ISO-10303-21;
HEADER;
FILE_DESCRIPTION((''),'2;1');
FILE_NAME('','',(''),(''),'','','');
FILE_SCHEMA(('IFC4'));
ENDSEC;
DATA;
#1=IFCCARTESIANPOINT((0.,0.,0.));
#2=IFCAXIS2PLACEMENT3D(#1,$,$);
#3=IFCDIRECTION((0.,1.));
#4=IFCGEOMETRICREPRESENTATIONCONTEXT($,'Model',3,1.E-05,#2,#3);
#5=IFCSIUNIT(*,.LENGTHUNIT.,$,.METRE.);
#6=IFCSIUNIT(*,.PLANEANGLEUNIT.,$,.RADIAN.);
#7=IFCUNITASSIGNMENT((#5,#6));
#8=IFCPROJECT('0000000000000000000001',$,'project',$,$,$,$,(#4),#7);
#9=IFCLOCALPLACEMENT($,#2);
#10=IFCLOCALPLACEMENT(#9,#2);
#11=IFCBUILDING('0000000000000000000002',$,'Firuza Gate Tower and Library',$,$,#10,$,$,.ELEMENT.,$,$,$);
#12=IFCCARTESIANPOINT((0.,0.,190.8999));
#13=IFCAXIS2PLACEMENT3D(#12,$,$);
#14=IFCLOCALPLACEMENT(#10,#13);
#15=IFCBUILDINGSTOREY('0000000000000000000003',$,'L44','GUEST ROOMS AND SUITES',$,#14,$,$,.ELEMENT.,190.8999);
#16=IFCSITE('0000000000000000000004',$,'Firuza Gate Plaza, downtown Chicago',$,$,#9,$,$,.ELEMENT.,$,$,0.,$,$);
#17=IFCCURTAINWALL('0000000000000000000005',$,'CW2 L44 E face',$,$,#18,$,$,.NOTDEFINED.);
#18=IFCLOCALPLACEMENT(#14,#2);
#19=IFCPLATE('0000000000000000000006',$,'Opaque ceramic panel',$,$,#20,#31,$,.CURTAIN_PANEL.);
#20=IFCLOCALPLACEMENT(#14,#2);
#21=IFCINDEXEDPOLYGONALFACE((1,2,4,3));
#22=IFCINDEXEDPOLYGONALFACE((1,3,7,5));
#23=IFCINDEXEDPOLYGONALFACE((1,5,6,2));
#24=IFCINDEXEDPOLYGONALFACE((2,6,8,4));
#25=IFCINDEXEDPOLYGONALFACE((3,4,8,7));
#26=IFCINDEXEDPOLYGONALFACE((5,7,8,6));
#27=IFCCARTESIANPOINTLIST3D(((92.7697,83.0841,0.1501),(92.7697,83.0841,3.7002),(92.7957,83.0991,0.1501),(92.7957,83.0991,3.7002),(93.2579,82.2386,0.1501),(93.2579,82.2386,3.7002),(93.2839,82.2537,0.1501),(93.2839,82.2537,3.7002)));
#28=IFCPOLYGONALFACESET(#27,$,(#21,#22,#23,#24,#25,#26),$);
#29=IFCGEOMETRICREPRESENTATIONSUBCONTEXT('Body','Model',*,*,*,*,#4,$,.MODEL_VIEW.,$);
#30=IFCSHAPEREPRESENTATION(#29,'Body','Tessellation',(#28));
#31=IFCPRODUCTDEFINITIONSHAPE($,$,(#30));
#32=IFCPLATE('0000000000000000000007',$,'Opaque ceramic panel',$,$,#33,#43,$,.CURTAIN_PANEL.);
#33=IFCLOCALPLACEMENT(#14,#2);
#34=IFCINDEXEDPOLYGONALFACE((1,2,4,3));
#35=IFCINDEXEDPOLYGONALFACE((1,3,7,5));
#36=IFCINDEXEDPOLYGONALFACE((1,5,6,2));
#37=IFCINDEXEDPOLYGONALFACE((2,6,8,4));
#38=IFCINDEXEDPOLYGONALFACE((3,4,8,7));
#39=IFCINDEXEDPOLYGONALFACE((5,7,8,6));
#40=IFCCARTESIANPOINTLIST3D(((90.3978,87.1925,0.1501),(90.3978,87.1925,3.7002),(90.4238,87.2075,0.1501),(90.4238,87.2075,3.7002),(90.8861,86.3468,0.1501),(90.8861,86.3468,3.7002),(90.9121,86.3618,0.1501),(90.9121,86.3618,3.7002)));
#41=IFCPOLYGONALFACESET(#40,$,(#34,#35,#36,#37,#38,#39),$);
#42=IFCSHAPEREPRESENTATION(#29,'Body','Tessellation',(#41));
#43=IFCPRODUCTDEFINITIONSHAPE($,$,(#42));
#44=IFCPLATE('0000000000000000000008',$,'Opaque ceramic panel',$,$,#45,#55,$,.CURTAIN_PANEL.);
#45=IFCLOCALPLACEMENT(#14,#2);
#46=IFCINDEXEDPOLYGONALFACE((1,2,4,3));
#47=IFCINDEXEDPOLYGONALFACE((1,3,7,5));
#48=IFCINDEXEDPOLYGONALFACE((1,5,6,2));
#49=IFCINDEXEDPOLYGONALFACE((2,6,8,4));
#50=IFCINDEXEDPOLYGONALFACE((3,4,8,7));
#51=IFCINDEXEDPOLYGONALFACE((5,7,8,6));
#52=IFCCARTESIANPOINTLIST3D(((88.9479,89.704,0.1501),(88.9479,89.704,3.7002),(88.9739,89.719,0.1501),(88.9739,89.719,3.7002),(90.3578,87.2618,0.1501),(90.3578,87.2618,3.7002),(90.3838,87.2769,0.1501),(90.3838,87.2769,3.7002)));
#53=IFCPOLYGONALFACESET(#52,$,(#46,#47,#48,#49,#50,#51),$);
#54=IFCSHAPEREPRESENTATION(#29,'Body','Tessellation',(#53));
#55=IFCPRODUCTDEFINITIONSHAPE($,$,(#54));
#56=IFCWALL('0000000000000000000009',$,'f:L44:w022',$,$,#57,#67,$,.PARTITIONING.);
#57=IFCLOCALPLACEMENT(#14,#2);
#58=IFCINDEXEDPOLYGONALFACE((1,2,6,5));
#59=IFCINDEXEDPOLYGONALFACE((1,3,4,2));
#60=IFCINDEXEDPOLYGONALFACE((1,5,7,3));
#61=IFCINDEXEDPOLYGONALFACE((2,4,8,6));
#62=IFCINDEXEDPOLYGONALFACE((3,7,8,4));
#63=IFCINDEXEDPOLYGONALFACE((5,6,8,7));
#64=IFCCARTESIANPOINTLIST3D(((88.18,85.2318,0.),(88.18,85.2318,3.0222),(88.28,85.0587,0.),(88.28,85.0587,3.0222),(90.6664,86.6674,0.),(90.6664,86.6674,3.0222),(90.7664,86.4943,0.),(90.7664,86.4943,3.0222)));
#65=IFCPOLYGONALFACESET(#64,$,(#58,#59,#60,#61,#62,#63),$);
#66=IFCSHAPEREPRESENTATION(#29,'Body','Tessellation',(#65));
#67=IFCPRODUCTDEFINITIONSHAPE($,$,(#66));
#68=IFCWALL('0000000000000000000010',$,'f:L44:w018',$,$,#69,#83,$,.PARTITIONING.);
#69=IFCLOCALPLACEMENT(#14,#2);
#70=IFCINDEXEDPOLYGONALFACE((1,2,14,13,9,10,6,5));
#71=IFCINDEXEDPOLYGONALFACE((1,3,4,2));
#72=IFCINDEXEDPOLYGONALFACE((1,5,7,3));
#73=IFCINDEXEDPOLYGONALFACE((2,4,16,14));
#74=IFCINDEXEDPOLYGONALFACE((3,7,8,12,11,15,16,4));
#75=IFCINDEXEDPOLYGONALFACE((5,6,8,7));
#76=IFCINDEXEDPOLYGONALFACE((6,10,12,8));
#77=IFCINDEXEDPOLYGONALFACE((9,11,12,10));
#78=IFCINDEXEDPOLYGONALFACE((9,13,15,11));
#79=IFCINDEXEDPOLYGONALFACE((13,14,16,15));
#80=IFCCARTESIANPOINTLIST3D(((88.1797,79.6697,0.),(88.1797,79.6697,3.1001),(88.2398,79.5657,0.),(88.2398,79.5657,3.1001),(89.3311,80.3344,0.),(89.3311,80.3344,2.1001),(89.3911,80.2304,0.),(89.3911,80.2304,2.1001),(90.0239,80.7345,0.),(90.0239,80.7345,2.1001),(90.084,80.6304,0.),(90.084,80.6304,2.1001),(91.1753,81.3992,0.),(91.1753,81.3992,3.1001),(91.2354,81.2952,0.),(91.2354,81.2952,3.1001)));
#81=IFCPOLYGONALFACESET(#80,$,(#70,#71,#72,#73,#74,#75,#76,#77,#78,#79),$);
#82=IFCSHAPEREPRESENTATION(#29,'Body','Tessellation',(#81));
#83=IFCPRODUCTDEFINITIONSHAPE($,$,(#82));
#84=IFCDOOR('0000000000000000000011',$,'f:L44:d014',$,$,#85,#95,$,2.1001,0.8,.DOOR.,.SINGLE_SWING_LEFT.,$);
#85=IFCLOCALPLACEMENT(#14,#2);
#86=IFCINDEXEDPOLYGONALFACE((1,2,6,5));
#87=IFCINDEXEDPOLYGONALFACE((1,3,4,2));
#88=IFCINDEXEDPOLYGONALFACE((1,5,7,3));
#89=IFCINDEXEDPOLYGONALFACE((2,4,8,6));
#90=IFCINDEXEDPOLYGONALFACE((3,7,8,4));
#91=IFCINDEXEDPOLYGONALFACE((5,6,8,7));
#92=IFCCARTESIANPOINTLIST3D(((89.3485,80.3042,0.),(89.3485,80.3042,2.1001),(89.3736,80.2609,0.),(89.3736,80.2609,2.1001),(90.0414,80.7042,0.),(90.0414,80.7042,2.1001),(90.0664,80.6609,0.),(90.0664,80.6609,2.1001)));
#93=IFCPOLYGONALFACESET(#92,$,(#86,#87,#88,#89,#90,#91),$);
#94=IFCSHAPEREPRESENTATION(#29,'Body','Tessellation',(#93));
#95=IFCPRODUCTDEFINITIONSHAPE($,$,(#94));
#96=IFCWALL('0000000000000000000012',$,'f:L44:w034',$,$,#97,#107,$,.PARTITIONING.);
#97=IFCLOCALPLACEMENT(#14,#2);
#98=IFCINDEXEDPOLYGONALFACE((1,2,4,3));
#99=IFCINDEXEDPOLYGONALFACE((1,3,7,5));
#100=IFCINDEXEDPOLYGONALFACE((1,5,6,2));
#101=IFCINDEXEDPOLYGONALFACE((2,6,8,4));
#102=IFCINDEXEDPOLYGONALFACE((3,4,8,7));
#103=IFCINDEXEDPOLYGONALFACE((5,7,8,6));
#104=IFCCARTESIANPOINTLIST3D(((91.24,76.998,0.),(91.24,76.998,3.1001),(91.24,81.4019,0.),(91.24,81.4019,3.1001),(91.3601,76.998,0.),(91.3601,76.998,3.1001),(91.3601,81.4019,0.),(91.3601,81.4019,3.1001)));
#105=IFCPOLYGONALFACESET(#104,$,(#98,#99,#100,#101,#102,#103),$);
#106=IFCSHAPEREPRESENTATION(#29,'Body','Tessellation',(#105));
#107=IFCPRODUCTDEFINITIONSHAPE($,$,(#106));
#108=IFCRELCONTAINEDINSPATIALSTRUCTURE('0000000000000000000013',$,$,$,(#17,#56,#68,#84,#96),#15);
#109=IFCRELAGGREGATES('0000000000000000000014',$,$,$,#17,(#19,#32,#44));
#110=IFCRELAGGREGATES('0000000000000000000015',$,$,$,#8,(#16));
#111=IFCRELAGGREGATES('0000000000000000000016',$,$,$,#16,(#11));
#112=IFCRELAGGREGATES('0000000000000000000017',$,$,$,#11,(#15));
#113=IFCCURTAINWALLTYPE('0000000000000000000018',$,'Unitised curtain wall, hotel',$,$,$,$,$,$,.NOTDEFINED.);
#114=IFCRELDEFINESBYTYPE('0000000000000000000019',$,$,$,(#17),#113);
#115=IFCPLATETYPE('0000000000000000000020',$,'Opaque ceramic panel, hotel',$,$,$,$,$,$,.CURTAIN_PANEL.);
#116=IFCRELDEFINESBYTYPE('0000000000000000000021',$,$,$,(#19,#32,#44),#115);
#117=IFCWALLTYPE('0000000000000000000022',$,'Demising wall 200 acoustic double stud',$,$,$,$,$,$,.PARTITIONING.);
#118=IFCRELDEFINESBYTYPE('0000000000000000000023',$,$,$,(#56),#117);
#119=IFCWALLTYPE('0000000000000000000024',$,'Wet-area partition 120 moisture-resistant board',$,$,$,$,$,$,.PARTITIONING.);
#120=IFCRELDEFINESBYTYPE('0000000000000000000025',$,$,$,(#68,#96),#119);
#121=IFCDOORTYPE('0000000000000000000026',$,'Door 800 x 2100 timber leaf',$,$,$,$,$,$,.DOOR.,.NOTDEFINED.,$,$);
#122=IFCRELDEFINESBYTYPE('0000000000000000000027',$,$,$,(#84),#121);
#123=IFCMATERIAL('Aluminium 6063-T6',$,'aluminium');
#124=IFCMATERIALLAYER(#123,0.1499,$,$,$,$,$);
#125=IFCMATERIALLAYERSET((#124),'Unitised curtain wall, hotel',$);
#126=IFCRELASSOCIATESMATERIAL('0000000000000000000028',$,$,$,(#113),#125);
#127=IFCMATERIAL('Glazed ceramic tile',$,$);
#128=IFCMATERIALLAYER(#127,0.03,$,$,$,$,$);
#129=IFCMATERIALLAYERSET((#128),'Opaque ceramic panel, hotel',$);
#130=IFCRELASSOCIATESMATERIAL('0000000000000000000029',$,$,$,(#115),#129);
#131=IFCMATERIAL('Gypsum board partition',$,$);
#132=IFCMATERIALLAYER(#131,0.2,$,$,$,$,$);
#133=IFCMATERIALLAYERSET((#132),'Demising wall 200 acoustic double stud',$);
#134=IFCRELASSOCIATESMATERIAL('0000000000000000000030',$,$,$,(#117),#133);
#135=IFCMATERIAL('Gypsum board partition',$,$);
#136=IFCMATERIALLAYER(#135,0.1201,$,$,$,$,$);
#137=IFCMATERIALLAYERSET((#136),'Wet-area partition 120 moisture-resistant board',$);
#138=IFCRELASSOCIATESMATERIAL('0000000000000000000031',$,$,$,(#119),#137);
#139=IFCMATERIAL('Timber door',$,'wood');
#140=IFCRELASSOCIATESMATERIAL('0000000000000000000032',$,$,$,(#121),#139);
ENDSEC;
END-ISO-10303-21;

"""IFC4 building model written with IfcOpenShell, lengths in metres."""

from ifc_helpers import new_model, si_unit, direction, frame, frame_2d, origin, place, context, subcontext, project, spatial, polyline, rectangle, outline, extrude, material, layer, layer_set, type_object, element, fill, aggregate, save


model = new_model("IFC4")

# Units and contexts
model_context = context("Model", 3, precision=1e-05, world=origin(), true_north=direction((0.0, 1.0)))
body_context = subcontext(model_context, "Body", "Model", "MODEL_VIEW")
ifc_project = project(units=[si_unit("LENGTHUNIT", "METRE"), si_unit("PLANEANGLEUNIT", "RADIAN")], contexts=[model_context])

# Site, building, storey
site_placement = place(None, origin())
site = spatial("IfcSite", under=ifc_project, at=site_placement, Name="Firuza Gate Plaza, downtown Chicago", CompositionType="ELEMENT", RefElevation=0.0)
building_placement = place(site_placement, origin())
building = spatial("IfcBuilding", under=site, at=building_placement, Name="Firuza Gate Tower and Library", CompositionType="ELEMENT")
storey_placement = place(building_placement, frame((0.0, 0.0, 190.8999)))
storey = spatial("IfcBuildingStorey", under=building, at=storey_placement, Name="L44", Description="GUEST ROOMS AND SUITES", CompositionType="ELEMENT", Elevation=190.8999)

# Curtain wall
ifc_material_1 = material(Name="Aluminium 6063-T6", Category="aluminium")
ifc_layer_1 = layer(ifc_material_1, 0.1499)
ifc_layer_set_1 = layer_set([ifc_layer_1], Name="Unitised curtain wall, hotel")
curtain_wall_type = type_object("IfcCurtainWallType", Name="Unitised curtain wall, hotel", PredefinedType="NOTDEFINED", material=ifc_layer_set_1)
curtain_wall_placement = place(storey_placement, origin())
curtain_wall = element("IfcCurtainWall", 1, at=curtain_wall_placement, inside=storey, type_object=curtain_wall_type, Name="CW2 L44 E face", PredefinedType="NOTDEFINED")

# Plates
ifc_material_2 = material(Name="Glazed ceramic tile")
ifc_layer_2 = layer(ifc_material_2, 0.03)
ifc_layer_set_2 = layer_set([ifc_layer_2], Name="Opaque ceramic panel, hotel")
plate_type_1 = type_object("IfcPlateType", Name="Opaque ceramic panel, hotel", PredefinedType="CURTAIN_PANEL", material=ifc_layer_set_2)
plate_1_placement = place(storey_placement, frame((93.2839, 82.2537, 0.1501), z_axis=(0.865957, 0.500119, 0.0), x_axis=(-0.500119, 0.865957, 0.0)))
plate_1 = element("IfcPlate", 2, at=plate_1_placement, type_object=plate_type_1, Name="Opaque ceramic panel", PredefinedType="CURTAIN_PANEL", context=body_context, shape_type="SweptSolid", body=[
    extrude(outline(polyline([(0.0, 0.0), (0.9763, 0.0), (0.9763, 3.55), (0.0, 3.55), (0.0, 0.0)])), origin(), (0.0, 0.0, -1.0), 0.03),
])
plate_2_placement = place(storey_placement, frame((90.9121, 86.3618, 0.1501), z_axis=(0.866019, 0.500011, 0.0), x_axis=(-0.500011, 0.866019, 0.0)))
plate_2 = element("IfcPlate", 3, at=plate_2_placement, type_object=plate_type_1, Name="Opaque ceramic panel", PredefinedType="CURTAIN_PANEL", context=body_context, shape_type="SweptSolid", body=[
    extrude(outline(polyline([(0.0, 0.0), (0.9765, 0.0), (0.9765, 3.55), (0.0, 3.55), (0.0, 0.0)])), origin(), (0.0, 0.0, -1.0), 0.03),
])
plate_3_placement = place(storey_placement, frame((90.3838, 87.2769, 0.1501), z_axis=(0.866034, 0.499985, 0.0), x_axis=(-0.499985, 0.866034, 0.0)))
plate_3 = element("IfcPlate", 4, at=plate_3_placement, type_object=plate_type_1, Name="Opaque ceramic panel", PredefinedType="CURTAIN_PANEL", context=body_context, shape_type="SweptSolid", body=[
    extrude(outline(polyline([(0.0, 0.0), (2.8199, 0.0), (2.8199, 3.55), (0.0, 3.55), (0.0, 0.0)])), origin(), (0.0, 0.0, -1.0), 0.03),
])
aggregate(curtain_wall, [plate_1, plate_2, plate_3])

# Wall
ifc_material_3 = material(Name="Gypsum board partition")
ifc_layer_3 = layer(ifc_material_3, 0.2)
ifc_layer_set_3 = layer_set([ifc_layer_3], Name="Demising wall 200 acoustic double stud")
wall_type_1 = type_object("IfcWallType", Name="Demising wall 200 acoustic double stud", PredefinedType="PARTITIONING", material=ifc_layer_set_3)
wall_1_placement = place(storey_placement, frame((88.23, 85.1453, 0.0), z_axis=(0.0, 0.0, 1.0), x_axis=(0.866016, 0.500017, 0.0)))
element("IfcWall", 5, at=wall_1_placement, inside=storey, type_object=wall_type_1, Name="f:L44:w022", PredefinedType="PARTITIONING", context=body_context, shape_type="SweptSolid", body=[
    extrude(rectangle(XDim=2.8711, YDim=0.2, at=frame_2d((1.4355, 0.0))), origin(), (0.0, 0.0, 1.0), 3.0222),
])

# Wall, opening, door
ifc_material_4 = material(Name="Gypsum board partition")
ifc_layer_4 = layer(ifc_material_4, 0.1201)
ifc_layer_set_4 = layer_set([ifc_layer_4], Name="Wet-area partition 120 moisture-resistant board")
wall_type_2 = type_object("IfcWallType", Name="Wet-area partition 120 moisture-resistant board", PredefinedType="PARTITIONING", material=ifc_layer_set_4)
wall_2_placement = place(storey_placement, frame((91.2053, 81.3472, 0.0), z_axis=(0.0, 0.0, 1.0), x_axis=(-0.866028, -0.499995, 0.0)))
wall_2 = element("IfcWall", 6, at=wall_2_placement, inside=storey, type_object=wall_type_2, Name="f:L44:w018", PredefinedType="PARTITIONING", context=body_context, shape_type="SweptSolid", body=[
    extrude(rectangle(XDim=3.459, YDim=0.1201, at=frame_2d((1.7295, 0.0))), origin(), (0.0, 0.0, 1.0), 3.1001),
])
opening_placement = place(wall_2_placement, frame((1.3296, 0.0, 0.0)))
opening = element("IfcOpeningElement", 7, at=opening_placement, cuts=wall_2, PredefinedType="OPENING", context=body_context, shape_type="SweptSolid", body=[
    extrude(rectangle(XDim=0.8, YDim=2.1001, at=frame_2d((0.3999, 1.05))), frame((0.0, 0.0701, 0.0), z_axis=(0.0, -1.0, 0.0), x_axis=(1.0, 0.0, 0.0)), (0.0, 0.0, 1.0), 0.1401),
])
ifc_material_5 = material(Name="Timber door", Category="wood")
door_type = type_object("IfcDoorType", Name="Door 800 x 2100 timber leaf", OperationType="NOTDEFINED", PredefinedType="DOOR", material=ifc_material_5)
door_placement = place(opening_placement, origin())
door = element("IfcDoor", 8, at=door_placement, inside=storey, type_object=door_type, Name="f:L44:d014", OperationType="SINGLE_SWING_LEFT", OverallHeight=2.1001, OverallWidth=0.8, PredefinedType="DOOR", context=body_context, shape_type="SweptSolid", body=[
    extrude(rectangle(XDim=0.8, YDim=2.1001, at=frame_2d((0.3999, 1.05))), frame((0.0, 0.0249, 0.0), z_axis=(0.0, -1.0, 0.0), x_axis=(1.0, 0.0, 0.0)), (0.0, 0.0, 1.0), 0.05),
])
fill(opening, door)

# Wall
wall_3_placement = place(storey_placement, frame((91.3, 76.998, 0.0), z_axis=(0.0, 0.0, 1.0), x_axis=(0.0, 1.0, 0.0)))
element("IfcWall", 9, at=wall_3_placement, inside=storey, type_object=wall_type_2, Name="f:L44:w034", PredefinedType="PARTITIONING", context=body_context, shape_type="SweptSolid", body=[
    extrude(rectangle(XDim=4.4038, YDim=0.1201, at=frame_2d((2.2019, 0.0))), origin(), (0.0, 0.0, 1.0), 3.1001),
])

save(model, "model.ifc")
